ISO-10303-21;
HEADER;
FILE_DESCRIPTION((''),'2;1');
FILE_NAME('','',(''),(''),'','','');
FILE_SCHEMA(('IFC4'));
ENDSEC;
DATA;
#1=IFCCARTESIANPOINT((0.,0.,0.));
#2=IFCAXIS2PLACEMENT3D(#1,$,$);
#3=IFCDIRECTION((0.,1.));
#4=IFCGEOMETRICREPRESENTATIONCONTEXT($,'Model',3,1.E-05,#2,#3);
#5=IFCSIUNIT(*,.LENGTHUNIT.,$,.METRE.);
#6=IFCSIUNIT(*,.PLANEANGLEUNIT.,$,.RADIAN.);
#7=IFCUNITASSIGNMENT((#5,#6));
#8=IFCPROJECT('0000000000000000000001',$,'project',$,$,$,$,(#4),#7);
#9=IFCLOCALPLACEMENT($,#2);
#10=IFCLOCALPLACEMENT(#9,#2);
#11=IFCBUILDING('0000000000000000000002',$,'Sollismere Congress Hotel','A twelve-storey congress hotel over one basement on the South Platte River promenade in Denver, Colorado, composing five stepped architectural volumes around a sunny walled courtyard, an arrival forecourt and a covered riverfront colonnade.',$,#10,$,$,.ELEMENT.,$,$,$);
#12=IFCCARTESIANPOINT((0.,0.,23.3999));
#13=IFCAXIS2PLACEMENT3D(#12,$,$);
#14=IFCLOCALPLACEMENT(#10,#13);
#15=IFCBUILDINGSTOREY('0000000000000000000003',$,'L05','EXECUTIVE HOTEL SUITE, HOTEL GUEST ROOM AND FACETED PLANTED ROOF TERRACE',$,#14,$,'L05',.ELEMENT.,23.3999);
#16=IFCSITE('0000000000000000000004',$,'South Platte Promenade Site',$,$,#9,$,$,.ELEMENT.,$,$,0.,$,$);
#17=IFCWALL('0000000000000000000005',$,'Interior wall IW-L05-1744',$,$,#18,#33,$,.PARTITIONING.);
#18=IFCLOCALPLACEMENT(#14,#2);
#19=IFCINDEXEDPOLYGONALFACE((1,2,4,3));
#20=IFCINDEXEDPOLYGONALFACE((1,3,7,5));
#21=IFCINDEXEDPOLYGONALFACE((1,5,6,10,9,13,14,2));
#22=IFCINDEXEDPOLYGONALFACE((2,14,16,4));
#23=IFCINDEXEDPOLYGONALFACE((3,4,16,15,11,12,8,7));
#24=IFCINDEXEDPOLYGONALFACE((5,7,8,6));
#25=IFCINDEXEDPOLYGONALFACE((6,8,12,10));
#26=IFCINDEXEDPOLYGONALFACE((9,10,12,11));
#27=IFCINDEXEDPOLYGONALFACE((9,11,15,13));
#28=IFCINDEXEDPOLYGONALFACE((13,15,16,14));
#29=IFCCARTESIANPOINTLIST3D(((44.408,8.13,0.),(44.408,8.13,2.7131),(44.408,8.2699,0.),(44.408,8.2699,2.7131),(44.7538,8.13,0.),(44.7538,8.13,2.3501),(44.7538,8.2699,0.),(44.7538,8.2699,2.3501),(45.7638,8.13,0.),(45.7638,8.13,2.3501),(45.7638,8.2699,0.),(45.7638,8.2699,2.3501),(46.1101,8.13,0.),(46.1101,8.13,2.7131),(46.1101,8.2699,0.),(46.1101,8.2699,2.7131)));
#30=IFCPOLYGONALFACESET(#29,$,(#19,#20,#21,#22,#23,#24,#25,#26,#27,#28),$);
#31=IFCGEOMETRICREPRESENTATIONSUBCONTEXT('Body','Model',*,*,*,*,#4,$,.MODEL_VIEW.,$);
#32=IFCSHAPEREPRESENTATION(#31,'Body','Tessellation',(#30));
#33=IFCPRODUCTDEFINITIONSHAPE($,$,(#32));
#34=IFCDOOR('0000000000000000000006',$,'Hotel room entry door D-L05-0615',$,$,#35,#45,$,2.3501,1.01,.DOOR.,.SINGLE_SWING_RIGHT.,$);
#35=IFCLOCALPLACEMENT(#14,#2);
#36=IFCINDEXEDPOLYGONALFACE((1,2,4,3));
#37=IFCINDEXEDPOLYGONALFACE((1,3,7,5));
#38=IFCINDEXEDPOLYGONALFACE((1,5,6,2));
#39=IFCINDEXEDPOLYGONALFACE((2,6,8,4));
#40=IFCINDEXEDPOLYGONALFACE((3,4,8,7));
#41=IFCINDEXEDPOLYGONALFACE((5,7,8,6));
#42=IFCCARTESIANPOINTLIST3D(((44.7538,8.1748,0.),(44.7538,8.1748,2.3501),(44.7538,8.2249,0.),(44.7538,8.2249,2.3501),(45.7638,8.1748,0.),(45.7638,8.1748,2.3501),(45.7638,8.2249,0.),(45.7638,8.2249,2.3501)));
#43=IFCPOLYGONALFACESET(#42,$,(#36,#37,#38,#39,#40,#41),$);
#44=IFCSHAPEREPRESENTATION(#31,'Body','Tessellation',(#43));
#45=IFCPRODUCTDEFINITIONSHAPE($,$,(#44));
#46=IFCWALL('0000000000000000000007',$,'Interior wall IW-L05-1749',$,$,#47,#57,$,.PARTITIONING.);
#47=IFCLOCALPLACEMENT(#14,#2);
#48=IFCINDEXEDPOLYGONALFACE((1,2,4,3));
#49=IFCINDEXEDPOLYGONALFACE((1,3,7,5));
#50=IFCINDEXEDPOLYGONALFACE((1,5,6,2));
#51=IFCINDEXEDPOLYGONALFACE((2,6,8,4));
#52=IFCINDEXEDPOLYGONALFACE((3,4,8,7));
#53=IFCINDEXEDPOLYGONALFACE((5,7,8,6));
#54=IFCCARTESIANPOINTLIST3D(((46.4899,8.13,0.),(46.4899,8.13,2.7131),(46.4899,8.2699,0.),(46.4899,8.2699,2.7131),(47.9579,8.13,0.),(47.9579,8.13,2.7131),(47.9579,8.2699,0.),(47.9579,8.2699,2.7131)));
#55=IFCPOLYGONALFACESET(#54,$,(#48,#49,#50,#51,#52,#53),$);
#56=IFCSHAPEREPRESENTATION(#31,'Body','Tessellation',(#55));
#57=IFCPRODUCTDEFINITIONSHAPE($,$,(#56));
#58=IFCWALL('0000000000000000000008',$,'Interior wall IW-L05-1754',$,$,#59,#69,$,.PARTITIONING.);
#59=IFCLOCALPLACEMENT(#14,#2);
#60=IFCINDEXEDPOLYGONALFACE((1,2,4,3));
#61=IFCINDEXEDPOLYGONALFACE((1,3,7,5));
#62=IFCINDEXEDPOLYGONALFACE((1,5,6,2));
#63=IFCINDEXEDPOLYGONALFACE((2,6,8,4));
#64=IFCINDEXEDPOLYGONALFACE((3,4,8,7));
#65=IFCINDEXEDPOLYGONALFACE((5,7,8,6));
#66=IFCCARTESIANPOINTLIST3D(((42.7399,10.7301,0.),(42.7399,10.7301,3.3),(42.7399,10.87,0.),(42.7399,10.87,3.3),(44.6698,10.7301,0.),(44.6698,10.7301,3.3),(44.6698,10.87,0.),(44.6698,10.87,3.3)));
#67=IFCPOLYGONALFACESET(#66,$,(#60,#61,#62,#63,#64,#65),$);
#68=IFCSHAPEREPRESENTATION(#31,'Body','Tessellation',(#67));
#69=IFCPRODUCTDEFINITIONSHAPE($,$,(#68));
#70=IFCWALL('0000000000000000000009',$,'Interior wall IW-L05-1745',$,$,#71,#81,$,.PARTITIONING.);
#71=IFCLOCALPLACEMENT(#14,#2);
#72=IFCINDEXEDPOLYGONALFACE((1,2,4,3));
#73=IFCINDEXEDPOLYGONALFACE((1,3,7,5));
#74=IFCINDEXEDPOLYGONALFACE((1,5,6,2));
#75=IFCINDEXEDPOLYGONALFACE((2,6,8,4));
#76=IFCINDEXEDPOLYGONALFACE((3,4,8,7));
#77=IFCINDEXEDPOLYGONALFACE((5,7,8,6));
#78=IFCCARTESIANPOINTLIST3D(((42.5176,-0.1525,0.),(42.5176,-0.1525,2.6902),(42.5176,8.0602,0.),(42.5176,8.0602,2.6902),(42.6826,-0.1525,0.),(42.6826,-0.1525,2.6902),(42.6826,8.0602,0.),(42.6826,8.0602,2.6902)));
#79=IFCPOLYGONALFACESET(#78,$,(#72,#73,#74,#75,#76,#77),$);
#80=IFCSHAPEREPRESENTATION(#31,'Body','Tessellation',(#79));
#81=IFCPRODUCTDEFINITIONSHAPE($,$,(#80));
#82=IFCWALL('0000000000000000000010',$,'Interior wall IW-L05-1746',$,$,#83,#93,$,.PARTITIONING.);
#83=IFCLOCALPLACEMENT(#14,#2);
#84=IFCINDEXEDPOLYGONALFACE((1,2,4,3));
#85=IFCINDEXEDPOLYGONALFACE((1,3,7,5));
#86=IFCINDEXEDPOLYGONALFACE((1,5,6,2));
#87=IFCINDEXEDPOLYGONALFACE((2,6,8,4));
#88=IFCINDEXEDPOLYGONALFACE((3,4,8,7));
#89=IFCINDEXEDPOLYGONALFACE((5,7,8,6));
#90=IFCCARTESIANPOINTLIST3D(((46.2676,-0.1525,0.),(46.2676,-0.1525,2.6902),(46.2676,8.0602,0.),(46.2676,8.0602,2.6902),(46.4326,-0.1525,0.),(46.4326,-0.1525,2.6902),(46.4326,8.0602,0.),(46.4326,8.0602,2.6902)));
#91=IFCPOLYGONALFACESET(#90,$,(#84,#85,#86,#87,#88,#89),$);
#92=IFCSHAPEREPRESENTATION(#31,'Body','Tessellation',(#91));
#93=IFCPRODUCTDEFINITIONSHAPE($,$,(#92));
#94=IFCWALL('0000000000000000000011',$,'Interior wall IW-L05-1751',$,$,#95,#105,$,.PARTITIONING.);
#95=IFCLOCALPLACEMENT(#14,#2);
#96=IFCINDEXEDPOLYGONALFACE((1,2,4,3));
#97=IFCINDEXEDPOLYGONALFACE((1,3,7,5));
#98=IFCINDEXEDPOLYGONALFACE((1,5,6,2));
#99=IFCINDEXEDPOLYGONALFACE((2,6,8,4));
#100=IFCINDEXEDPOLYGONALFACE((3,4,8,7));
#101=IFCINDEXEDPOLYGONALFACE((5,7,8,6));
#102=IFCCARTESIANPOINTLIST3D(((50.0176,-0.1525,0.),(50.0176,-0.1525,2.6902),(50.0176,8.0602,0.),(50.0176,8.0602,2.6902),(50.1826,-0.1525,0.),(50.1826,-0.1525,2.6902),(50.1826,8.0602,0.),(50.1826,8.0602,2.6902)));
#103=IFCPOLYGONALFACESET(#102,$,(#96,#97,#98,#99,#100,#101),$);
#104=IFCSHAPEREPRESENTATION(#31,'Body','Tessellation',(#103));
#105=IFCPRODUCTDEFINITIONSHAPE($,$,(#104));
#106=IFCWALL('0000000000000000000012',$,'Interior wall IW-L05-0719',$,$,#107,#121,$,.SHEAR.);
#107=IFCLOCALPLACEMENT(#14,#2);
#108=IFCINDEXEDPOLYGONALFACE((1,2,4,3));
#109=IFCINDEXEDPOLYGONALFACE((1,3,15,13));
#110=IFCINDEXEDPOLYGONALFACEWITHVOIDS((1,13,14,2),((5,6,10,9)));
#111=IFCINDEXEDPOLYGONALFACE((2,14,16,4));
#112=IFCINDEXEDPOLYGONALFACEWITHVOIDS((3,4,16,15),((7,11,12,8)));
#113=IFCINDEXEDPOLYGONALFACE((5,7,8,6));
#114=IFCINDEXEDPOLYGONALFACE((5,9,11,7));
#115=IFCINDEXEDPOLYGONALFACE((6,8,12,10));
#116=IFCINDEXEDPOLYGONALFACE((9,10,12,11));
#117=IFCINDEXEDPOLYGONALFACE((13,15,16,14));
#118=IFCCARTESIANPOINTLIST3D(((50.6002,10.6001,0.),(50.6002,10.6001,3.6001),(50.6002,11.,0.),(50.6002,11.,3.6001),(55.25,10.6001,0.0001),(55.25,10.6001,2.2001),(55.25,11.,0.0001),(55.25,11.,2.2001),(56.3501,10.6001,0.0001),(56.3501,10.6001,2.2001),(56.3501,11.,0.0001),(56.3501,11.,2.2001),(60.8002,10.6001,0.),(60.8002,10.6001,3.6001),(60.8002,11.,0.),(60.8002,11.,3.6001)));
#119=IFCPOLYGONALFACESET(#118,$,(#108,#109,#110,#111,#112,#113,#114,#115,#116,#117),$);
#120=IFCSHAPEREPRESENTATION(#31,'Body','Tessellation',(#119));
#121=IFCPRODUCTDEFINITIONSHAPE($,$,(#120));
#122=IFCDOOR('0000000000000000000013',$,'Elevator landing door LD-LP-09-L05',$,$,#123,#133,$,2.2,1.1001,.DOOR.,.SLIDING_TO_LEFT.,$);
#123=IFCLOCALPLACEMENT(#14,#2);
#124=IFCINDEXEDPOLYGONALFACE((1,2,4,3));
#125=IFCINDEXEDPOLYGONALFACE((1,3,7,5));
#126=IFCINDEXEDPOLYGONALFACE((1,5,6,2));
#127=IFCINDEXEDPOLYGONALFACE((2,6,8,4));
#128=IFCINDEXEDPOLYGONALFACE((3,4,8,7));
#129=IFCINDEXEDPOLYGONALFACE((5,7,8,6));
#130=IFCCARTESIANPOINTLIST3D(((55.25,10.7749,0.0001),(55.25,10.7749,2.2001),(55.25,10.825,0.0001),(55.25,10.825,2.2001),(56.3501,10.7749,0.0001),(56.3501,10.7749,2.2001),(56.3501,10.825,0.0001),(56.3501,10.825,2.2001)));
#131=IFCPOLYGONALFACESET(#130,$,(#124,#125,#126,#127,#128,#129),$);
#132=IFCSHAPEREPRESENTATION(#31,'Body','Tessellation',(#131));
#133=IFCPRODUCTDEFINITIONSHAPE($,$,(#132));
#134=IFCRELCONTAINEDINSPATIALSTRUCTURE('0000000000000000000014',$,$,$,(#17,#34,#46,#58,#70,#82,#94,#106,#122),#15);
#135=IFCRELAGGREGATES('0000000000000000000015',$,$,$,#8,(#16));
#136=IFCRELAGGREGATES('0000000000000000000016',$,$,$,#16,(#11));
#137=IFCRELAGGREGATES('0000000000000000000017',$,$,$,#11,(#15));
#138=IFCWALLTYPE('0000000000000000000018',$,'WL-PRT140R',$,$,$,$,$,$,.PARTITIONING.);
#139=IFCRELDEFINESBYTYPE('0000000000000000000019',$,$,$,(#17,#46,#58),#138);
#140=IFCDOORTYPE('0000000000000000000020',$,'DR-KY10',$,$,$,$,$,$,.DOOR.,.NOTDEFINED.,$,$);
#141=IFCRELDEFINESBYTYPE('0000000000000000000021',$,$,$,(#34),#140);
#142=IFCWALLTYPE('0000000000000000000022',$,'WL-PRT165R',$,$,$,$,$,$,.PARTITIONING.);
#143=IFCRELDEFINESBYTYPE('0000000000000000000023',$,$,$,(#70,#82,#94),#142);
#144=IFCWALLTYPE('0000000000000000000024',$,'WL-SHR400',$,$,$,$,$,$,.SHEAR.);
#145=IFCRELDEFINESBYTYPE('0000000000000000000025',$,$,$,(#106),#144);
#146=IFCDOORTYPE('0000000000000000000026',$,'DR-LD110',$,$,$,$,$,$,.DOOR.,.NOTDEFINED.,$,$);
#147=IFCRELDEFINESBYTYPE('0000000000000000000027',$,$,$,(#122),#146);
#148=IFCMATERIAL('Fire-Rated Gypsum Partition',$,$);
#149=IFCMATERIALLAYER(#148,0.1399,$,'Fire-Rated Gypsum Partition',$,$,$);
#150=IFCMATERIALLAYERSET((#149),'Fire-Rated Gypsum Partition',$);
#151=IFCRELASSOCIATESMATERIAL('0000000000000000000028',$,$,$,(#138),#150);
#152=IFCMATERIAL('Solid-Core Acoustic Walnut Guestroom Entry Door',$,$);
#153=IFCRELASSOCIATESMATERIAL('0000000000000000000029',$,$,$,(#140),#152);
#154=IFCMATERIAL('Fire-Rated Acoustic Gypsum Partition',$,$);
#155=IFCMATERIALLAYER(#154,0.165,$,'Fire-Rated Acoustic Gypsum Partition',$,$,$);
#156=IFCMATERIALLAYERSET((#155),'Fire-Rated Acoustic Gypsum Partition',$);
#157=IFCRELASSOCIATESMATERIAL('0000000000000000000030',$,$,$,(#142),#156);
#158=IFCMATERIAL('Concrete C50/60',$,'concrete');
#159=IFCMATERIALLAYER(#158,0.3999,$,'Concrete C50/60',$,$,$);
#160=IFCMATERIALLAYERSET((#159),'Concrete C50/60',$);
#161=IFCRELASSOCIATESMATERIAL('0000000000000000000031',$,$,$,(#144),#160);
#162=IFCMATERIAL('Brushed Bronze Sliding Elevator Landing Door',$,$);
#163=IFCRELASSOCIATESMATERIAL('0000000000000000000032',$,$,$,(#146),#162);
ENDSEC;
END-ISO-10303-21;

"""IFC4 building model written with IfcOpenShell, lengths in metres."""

from ifc_helpers import new_model, si_unit, direction, frame, frame_2d, origin, place, context, subcontext, project, spatial, rectangle, extrude, material, layer, layer_set, type_object, element, fill, save


model = new_model("IFC4")

# Units and contexts
model_context = context("Model", 3, precision=1e-05, world=origin(), true_north=direction((0.0, 1.0)))
body_context = subcontext(model_context, "Body", "Model", "MODEL_VIEW")
ifc_project = project(units=[si_unit("LENGTHUNIT", "METRE"), si_unit("PLANEANGLEUNIT", "RADIAN")], contexts=[model_context])

# Site, building, storey
site_placement = place(None, origin())
site = spatial("IfcSite", under=ifc_project, at=site_placement, Name="South Platte Promenade Site", CompositionType="ELEMENT", RefElevation=0.0)
building_placement = place(site_placement, origin())
building = spatial("IfcBuilding", under=site, at=building_placement, Name="Sollismere Congress Hotel", Description="A twelve-storey congress hotel over one basement on the South Platte River promenade in Denver, Colorado, composing five stepped architectural volumes around a sunny walled courtyard, an arrival forecourt and a covered riverfront colonnade.", CompositionType="ELEMENT")
storey_placement = place(building_placement, frame((0.0, 0.0, 23.3999)))
storey = spatial("IfcBuildingStorey", under=building, at=storey_placement, Name="L05", Description="EXECUTIVE HOTEL SUITE, HOTEL GUEST ROOM AND FACETED PLANTED ROOF TERRACE", LongName="L05", CompositionType="ELEMENT", Elevation=23.3999)

# Shared definitions
ifc_material_1 = material(Name="Fire-Rated Gypsum Partition")
ifc_layer_1 = layer(ifc_material_1, 0.1399, Name="Fire-Rated Gypsum Partition")
ifc_layer_set_1 = layer_set([ifc_layer_1], Name="Fire-Rated Gypsum Partition")
wall_type_1 = type_object("IfcWallType", Name="WL-PRT140R", PredefinedType="PARTITIONING", material=ifc_layer_set_1)

# Wall, opening, door
wall_1_placement = place(storey_placement, frame((44.408, 8.2, 0.0), z_axis=(0.0, 0.0, 1.0), x_axis=(1.0, 0.0, 0.0)))
wall_1 = element("IfcWall", 1, at=wall_1_placement, inside=storey, type_object=wall_type_1, Name="Interior wall IW-L05-1744", PredefinedType="PARTITIONING", context=body_context, shape_type="SweptSolid", body=[
    extrude(rectangle(XDim=1.7021, YDim=0.1399, at=frame_2d((0.8511, 0.0))), origin(), (0.0, 0.0, 1.0), 2.7131),
])
opening_1_placement = place(wall_1_placement, frame((0.3459, 0.0, 0.0)))
opening_1 = element("IfcOpeningElement", 2, at=opening_1_placement, cuts=wall_1, PredefinedType="OPENING", context=body_context, shape_type="SweptSolid", body=[
    extrude(rectangle(XDim=1.01, YDim=2.3501, at=frame_2d((0.5049, 1.175))), frame((0.0, 0.0798, 0.0), z_axis=(0.0, -1.0, 0.0), x_axis=(1.0, 0.0, 0.0)), (0.0, 0.0, 1.0), 0.1599),
])
ifc_material_2 = material(Name="Solid-Core Acoustic Walnut Guestroom Entry Door")
door_type_1 = type_object("IfcDoorType", Name="DR-KY10", OperationType="NOTDEFINED", PredefinedType="DOOR", material=ifc_material_2)
door_1_placement = place(opening_1_placement, origin())
door_1 = element("IfcDoor", 3, at=door_1_placement, inside=storey, type_object=door_type_1, Name="Hotel room entry door D-L05-0615", OperationType="SINGLE_SWING_RIGHT", OverallHeight=2.3501, OverallWidth=1.01, PredefinedType="DOOR", context=body_context, shape_type="SweptSolid", body=[
    extrude(rectangle(XDim=1.01, YDim=2.3501, at=frame_2d((0.5049, 1.175))), frame((0.0, 0.0249, 0.0), z_axis=(0.0, -1.0, 0.0), x_axis=(1.0, 0.0, 0.0)), (0.0, 0.0, 1.0), 0.05),
])
fill(opening_1, door_1)

# Wall
wall_2_placement = place(storey_placement, frame((46.49, 8.2, 0.0), z_axis=(0.0, 0.0, 1.0), x_axis=(1.0, 0.0, 0.0)))
element("IfcWall", 4, at=wall_2_placement, inside=storey, type_object=wall_type_1, Name="Interior wall IW-L05-1749", PredefinedType="PARTITIONING", context=body_context, shape_type="SweptSolid", body=[
    extrude(rectangle(XDim=1.468, YDim=0.1399, at=frame_2d((0.7339, 0.0))), origin(), (0.0, 0.0, 1.0), 2.7131),
])

# Wall
wall_3_placement = place(storey_placement, frame((42.74, 10.8, 0.0), z_axis=(0.0, 0.0, 1.0), x_axis=(1.0, 0.0, 0.0)))
element("IfcWall", 5, at=wall_3_placement, inside=storey, type_object=wall_type_1, Name="Interior wall IW-L05-1754", PredefinedType="PARTITIONING", context=body_context, shape_type="SweptSolid", body=[
    extrude(rectangle(XDim=1.9299, YDim=0.1399, at=frame_2d((0.9648, 0.0))), origin(), (0.0, 0.0, 1.0), 3.3),
])

# Walls
ifc_material_3 = material(Name="Fire-Rated Acoustic Gypsum Partition")
ifc_layer_2 = layer(ifc_material_3, 0.165, Name="Fire-Rated Acoustic Gypsum Partition")
ifc_layer_set_2 = layer_set([ifc_layer_2], Name="Fire-Rated Acoustic Gypsum Partition")
wall_type_2 = type_object("IfcWallType", Name="WL-PRT165R", PredefinedType="PARTITIONING", material=ifc_layer_set_2)
for number, where, z_axis, x_axis, name in (
    (6, (42.6001, -0.1526, 0.0), (0.0, 0.0, 1.0), (0.0, 1.0, 0.0), "Interior wall IW-L05-1745"),
    (7, (46.3501, -0.1526, 0.0), (0.0, 0.0, 1.0), (0.0, 1.0, 0.0), "Interior wall IW-L05-1746"),
    (8, (50.1001, -0.1526, 0.0), (0.0, 0.0, 1.0), (0.0, 1.0, 0.0), "Interior wall IW-L05-1751"),
):
    element("IfcWall", number, at=place(storey_placement, frame(where, z_axis=z_axis, x_axis=x_axis)), inside=storey, type_object=wall_type_2, Name=name, PredefinedType="PARTITIONING", context=body_context, shape_type="SweptSolid", body=[
        extrude(rectangle(XDim=8.2126, YDim=0.165, at=frame_2d((4.1064, 0.0))), origin(), (0.0, 0.0, 1.0), 2.6902),
    ])

# Wall, opening, door
ifc_material_4 = material(Name="Concrete C50/60", Category="concrete")
ifc_layer_3 = layer(ifc_material_4, 0.3999, Name="Concrete C50/60")
ifc_layer_set_3 = layer_set([ifc_layer_3], Name="Concrete C50/60")
wall_type_3 = type_object("IfcWallType", Name="WL-SHR400", PredefinedType="SHEAR", material=ifc_layer_set_3)
wall_4_placement = place(storey_placement, frame((50.6001, 10.8, 0.0), z_axis=(0.0, 0.0, 1.0), x_axis=(1.0, 0.0, 0.0)))
wall_4 = element("IfcWall", 9, at=wall_4_placement, inside=storey, type_object=wall_type_3, Name="Interior wall IW-L05-0719", PredefinedType="SHEAR", context=body_context, shape_type="SweptSolid", body=[
    extrude(rectangle(XDim=10.2, YDim=0.3999, at=frame_2d((5.1001, 0.0))), origin(), (0.0, 0.0, 1.0), 3.6001),
])
opening_2_placement = place(wall_4_placement, frame((4.6499, 0.0, 0.0)))
opening_2 = element("IfcOpeningElement", 10, at=opening_2_placement, cuts=wall_4, PredefinedType="OPENING", context=body_context, shape_type="SweptSolid", body=[
    extrude(rectangle(XDim=1.1001, YDim=2.2, at=frame_2d((0.55, 1.1001))), frame((0.0, 0.21, 0.0), z_axis=(0.0, -1.0, 0.0), x_axis=(1.0, 0.0, 0.0)), (0.0, 0.0, 1.0), 0.4199),
])
ifc_material_5 = material(Name="Brushed Bronze Sliding Elevator Landing Door")
door_type_2 = type_object("IfcDoorType", Name="DR-LD110", OperationType="NOTDEFINED", PredefinedType="DOOR", material=ifc_material_5)
door_2_placement = place(opening_2_placement, origin())
door_2 = element("IfcDoor", 11, at=door_2_placement, inside=storey, type_object=door_type_2, Name="Elevator landing door LD-LP-09-L05", OperationType="SLIDING_TO_LEFT", OverallHeight=2.2, OverallWidth=1.1001, PredefinedType="DOOR", context=body_context, shape_type="SweptSolid", body=[
    extrude(rectangle(XDim=1.1001, YDim=2.2, at=frame_2d((0.55, 1.1001))), frame((0.0, 0.0249, 0.0), z_axis=(0.0, -1.0, 0.0), x_axis=(1.0, 0.0, 0.0)), (0.0, 0.0, 1.0), 0.05),
])
fill(opening_2, door_2)

save(model, "model.ifc")
